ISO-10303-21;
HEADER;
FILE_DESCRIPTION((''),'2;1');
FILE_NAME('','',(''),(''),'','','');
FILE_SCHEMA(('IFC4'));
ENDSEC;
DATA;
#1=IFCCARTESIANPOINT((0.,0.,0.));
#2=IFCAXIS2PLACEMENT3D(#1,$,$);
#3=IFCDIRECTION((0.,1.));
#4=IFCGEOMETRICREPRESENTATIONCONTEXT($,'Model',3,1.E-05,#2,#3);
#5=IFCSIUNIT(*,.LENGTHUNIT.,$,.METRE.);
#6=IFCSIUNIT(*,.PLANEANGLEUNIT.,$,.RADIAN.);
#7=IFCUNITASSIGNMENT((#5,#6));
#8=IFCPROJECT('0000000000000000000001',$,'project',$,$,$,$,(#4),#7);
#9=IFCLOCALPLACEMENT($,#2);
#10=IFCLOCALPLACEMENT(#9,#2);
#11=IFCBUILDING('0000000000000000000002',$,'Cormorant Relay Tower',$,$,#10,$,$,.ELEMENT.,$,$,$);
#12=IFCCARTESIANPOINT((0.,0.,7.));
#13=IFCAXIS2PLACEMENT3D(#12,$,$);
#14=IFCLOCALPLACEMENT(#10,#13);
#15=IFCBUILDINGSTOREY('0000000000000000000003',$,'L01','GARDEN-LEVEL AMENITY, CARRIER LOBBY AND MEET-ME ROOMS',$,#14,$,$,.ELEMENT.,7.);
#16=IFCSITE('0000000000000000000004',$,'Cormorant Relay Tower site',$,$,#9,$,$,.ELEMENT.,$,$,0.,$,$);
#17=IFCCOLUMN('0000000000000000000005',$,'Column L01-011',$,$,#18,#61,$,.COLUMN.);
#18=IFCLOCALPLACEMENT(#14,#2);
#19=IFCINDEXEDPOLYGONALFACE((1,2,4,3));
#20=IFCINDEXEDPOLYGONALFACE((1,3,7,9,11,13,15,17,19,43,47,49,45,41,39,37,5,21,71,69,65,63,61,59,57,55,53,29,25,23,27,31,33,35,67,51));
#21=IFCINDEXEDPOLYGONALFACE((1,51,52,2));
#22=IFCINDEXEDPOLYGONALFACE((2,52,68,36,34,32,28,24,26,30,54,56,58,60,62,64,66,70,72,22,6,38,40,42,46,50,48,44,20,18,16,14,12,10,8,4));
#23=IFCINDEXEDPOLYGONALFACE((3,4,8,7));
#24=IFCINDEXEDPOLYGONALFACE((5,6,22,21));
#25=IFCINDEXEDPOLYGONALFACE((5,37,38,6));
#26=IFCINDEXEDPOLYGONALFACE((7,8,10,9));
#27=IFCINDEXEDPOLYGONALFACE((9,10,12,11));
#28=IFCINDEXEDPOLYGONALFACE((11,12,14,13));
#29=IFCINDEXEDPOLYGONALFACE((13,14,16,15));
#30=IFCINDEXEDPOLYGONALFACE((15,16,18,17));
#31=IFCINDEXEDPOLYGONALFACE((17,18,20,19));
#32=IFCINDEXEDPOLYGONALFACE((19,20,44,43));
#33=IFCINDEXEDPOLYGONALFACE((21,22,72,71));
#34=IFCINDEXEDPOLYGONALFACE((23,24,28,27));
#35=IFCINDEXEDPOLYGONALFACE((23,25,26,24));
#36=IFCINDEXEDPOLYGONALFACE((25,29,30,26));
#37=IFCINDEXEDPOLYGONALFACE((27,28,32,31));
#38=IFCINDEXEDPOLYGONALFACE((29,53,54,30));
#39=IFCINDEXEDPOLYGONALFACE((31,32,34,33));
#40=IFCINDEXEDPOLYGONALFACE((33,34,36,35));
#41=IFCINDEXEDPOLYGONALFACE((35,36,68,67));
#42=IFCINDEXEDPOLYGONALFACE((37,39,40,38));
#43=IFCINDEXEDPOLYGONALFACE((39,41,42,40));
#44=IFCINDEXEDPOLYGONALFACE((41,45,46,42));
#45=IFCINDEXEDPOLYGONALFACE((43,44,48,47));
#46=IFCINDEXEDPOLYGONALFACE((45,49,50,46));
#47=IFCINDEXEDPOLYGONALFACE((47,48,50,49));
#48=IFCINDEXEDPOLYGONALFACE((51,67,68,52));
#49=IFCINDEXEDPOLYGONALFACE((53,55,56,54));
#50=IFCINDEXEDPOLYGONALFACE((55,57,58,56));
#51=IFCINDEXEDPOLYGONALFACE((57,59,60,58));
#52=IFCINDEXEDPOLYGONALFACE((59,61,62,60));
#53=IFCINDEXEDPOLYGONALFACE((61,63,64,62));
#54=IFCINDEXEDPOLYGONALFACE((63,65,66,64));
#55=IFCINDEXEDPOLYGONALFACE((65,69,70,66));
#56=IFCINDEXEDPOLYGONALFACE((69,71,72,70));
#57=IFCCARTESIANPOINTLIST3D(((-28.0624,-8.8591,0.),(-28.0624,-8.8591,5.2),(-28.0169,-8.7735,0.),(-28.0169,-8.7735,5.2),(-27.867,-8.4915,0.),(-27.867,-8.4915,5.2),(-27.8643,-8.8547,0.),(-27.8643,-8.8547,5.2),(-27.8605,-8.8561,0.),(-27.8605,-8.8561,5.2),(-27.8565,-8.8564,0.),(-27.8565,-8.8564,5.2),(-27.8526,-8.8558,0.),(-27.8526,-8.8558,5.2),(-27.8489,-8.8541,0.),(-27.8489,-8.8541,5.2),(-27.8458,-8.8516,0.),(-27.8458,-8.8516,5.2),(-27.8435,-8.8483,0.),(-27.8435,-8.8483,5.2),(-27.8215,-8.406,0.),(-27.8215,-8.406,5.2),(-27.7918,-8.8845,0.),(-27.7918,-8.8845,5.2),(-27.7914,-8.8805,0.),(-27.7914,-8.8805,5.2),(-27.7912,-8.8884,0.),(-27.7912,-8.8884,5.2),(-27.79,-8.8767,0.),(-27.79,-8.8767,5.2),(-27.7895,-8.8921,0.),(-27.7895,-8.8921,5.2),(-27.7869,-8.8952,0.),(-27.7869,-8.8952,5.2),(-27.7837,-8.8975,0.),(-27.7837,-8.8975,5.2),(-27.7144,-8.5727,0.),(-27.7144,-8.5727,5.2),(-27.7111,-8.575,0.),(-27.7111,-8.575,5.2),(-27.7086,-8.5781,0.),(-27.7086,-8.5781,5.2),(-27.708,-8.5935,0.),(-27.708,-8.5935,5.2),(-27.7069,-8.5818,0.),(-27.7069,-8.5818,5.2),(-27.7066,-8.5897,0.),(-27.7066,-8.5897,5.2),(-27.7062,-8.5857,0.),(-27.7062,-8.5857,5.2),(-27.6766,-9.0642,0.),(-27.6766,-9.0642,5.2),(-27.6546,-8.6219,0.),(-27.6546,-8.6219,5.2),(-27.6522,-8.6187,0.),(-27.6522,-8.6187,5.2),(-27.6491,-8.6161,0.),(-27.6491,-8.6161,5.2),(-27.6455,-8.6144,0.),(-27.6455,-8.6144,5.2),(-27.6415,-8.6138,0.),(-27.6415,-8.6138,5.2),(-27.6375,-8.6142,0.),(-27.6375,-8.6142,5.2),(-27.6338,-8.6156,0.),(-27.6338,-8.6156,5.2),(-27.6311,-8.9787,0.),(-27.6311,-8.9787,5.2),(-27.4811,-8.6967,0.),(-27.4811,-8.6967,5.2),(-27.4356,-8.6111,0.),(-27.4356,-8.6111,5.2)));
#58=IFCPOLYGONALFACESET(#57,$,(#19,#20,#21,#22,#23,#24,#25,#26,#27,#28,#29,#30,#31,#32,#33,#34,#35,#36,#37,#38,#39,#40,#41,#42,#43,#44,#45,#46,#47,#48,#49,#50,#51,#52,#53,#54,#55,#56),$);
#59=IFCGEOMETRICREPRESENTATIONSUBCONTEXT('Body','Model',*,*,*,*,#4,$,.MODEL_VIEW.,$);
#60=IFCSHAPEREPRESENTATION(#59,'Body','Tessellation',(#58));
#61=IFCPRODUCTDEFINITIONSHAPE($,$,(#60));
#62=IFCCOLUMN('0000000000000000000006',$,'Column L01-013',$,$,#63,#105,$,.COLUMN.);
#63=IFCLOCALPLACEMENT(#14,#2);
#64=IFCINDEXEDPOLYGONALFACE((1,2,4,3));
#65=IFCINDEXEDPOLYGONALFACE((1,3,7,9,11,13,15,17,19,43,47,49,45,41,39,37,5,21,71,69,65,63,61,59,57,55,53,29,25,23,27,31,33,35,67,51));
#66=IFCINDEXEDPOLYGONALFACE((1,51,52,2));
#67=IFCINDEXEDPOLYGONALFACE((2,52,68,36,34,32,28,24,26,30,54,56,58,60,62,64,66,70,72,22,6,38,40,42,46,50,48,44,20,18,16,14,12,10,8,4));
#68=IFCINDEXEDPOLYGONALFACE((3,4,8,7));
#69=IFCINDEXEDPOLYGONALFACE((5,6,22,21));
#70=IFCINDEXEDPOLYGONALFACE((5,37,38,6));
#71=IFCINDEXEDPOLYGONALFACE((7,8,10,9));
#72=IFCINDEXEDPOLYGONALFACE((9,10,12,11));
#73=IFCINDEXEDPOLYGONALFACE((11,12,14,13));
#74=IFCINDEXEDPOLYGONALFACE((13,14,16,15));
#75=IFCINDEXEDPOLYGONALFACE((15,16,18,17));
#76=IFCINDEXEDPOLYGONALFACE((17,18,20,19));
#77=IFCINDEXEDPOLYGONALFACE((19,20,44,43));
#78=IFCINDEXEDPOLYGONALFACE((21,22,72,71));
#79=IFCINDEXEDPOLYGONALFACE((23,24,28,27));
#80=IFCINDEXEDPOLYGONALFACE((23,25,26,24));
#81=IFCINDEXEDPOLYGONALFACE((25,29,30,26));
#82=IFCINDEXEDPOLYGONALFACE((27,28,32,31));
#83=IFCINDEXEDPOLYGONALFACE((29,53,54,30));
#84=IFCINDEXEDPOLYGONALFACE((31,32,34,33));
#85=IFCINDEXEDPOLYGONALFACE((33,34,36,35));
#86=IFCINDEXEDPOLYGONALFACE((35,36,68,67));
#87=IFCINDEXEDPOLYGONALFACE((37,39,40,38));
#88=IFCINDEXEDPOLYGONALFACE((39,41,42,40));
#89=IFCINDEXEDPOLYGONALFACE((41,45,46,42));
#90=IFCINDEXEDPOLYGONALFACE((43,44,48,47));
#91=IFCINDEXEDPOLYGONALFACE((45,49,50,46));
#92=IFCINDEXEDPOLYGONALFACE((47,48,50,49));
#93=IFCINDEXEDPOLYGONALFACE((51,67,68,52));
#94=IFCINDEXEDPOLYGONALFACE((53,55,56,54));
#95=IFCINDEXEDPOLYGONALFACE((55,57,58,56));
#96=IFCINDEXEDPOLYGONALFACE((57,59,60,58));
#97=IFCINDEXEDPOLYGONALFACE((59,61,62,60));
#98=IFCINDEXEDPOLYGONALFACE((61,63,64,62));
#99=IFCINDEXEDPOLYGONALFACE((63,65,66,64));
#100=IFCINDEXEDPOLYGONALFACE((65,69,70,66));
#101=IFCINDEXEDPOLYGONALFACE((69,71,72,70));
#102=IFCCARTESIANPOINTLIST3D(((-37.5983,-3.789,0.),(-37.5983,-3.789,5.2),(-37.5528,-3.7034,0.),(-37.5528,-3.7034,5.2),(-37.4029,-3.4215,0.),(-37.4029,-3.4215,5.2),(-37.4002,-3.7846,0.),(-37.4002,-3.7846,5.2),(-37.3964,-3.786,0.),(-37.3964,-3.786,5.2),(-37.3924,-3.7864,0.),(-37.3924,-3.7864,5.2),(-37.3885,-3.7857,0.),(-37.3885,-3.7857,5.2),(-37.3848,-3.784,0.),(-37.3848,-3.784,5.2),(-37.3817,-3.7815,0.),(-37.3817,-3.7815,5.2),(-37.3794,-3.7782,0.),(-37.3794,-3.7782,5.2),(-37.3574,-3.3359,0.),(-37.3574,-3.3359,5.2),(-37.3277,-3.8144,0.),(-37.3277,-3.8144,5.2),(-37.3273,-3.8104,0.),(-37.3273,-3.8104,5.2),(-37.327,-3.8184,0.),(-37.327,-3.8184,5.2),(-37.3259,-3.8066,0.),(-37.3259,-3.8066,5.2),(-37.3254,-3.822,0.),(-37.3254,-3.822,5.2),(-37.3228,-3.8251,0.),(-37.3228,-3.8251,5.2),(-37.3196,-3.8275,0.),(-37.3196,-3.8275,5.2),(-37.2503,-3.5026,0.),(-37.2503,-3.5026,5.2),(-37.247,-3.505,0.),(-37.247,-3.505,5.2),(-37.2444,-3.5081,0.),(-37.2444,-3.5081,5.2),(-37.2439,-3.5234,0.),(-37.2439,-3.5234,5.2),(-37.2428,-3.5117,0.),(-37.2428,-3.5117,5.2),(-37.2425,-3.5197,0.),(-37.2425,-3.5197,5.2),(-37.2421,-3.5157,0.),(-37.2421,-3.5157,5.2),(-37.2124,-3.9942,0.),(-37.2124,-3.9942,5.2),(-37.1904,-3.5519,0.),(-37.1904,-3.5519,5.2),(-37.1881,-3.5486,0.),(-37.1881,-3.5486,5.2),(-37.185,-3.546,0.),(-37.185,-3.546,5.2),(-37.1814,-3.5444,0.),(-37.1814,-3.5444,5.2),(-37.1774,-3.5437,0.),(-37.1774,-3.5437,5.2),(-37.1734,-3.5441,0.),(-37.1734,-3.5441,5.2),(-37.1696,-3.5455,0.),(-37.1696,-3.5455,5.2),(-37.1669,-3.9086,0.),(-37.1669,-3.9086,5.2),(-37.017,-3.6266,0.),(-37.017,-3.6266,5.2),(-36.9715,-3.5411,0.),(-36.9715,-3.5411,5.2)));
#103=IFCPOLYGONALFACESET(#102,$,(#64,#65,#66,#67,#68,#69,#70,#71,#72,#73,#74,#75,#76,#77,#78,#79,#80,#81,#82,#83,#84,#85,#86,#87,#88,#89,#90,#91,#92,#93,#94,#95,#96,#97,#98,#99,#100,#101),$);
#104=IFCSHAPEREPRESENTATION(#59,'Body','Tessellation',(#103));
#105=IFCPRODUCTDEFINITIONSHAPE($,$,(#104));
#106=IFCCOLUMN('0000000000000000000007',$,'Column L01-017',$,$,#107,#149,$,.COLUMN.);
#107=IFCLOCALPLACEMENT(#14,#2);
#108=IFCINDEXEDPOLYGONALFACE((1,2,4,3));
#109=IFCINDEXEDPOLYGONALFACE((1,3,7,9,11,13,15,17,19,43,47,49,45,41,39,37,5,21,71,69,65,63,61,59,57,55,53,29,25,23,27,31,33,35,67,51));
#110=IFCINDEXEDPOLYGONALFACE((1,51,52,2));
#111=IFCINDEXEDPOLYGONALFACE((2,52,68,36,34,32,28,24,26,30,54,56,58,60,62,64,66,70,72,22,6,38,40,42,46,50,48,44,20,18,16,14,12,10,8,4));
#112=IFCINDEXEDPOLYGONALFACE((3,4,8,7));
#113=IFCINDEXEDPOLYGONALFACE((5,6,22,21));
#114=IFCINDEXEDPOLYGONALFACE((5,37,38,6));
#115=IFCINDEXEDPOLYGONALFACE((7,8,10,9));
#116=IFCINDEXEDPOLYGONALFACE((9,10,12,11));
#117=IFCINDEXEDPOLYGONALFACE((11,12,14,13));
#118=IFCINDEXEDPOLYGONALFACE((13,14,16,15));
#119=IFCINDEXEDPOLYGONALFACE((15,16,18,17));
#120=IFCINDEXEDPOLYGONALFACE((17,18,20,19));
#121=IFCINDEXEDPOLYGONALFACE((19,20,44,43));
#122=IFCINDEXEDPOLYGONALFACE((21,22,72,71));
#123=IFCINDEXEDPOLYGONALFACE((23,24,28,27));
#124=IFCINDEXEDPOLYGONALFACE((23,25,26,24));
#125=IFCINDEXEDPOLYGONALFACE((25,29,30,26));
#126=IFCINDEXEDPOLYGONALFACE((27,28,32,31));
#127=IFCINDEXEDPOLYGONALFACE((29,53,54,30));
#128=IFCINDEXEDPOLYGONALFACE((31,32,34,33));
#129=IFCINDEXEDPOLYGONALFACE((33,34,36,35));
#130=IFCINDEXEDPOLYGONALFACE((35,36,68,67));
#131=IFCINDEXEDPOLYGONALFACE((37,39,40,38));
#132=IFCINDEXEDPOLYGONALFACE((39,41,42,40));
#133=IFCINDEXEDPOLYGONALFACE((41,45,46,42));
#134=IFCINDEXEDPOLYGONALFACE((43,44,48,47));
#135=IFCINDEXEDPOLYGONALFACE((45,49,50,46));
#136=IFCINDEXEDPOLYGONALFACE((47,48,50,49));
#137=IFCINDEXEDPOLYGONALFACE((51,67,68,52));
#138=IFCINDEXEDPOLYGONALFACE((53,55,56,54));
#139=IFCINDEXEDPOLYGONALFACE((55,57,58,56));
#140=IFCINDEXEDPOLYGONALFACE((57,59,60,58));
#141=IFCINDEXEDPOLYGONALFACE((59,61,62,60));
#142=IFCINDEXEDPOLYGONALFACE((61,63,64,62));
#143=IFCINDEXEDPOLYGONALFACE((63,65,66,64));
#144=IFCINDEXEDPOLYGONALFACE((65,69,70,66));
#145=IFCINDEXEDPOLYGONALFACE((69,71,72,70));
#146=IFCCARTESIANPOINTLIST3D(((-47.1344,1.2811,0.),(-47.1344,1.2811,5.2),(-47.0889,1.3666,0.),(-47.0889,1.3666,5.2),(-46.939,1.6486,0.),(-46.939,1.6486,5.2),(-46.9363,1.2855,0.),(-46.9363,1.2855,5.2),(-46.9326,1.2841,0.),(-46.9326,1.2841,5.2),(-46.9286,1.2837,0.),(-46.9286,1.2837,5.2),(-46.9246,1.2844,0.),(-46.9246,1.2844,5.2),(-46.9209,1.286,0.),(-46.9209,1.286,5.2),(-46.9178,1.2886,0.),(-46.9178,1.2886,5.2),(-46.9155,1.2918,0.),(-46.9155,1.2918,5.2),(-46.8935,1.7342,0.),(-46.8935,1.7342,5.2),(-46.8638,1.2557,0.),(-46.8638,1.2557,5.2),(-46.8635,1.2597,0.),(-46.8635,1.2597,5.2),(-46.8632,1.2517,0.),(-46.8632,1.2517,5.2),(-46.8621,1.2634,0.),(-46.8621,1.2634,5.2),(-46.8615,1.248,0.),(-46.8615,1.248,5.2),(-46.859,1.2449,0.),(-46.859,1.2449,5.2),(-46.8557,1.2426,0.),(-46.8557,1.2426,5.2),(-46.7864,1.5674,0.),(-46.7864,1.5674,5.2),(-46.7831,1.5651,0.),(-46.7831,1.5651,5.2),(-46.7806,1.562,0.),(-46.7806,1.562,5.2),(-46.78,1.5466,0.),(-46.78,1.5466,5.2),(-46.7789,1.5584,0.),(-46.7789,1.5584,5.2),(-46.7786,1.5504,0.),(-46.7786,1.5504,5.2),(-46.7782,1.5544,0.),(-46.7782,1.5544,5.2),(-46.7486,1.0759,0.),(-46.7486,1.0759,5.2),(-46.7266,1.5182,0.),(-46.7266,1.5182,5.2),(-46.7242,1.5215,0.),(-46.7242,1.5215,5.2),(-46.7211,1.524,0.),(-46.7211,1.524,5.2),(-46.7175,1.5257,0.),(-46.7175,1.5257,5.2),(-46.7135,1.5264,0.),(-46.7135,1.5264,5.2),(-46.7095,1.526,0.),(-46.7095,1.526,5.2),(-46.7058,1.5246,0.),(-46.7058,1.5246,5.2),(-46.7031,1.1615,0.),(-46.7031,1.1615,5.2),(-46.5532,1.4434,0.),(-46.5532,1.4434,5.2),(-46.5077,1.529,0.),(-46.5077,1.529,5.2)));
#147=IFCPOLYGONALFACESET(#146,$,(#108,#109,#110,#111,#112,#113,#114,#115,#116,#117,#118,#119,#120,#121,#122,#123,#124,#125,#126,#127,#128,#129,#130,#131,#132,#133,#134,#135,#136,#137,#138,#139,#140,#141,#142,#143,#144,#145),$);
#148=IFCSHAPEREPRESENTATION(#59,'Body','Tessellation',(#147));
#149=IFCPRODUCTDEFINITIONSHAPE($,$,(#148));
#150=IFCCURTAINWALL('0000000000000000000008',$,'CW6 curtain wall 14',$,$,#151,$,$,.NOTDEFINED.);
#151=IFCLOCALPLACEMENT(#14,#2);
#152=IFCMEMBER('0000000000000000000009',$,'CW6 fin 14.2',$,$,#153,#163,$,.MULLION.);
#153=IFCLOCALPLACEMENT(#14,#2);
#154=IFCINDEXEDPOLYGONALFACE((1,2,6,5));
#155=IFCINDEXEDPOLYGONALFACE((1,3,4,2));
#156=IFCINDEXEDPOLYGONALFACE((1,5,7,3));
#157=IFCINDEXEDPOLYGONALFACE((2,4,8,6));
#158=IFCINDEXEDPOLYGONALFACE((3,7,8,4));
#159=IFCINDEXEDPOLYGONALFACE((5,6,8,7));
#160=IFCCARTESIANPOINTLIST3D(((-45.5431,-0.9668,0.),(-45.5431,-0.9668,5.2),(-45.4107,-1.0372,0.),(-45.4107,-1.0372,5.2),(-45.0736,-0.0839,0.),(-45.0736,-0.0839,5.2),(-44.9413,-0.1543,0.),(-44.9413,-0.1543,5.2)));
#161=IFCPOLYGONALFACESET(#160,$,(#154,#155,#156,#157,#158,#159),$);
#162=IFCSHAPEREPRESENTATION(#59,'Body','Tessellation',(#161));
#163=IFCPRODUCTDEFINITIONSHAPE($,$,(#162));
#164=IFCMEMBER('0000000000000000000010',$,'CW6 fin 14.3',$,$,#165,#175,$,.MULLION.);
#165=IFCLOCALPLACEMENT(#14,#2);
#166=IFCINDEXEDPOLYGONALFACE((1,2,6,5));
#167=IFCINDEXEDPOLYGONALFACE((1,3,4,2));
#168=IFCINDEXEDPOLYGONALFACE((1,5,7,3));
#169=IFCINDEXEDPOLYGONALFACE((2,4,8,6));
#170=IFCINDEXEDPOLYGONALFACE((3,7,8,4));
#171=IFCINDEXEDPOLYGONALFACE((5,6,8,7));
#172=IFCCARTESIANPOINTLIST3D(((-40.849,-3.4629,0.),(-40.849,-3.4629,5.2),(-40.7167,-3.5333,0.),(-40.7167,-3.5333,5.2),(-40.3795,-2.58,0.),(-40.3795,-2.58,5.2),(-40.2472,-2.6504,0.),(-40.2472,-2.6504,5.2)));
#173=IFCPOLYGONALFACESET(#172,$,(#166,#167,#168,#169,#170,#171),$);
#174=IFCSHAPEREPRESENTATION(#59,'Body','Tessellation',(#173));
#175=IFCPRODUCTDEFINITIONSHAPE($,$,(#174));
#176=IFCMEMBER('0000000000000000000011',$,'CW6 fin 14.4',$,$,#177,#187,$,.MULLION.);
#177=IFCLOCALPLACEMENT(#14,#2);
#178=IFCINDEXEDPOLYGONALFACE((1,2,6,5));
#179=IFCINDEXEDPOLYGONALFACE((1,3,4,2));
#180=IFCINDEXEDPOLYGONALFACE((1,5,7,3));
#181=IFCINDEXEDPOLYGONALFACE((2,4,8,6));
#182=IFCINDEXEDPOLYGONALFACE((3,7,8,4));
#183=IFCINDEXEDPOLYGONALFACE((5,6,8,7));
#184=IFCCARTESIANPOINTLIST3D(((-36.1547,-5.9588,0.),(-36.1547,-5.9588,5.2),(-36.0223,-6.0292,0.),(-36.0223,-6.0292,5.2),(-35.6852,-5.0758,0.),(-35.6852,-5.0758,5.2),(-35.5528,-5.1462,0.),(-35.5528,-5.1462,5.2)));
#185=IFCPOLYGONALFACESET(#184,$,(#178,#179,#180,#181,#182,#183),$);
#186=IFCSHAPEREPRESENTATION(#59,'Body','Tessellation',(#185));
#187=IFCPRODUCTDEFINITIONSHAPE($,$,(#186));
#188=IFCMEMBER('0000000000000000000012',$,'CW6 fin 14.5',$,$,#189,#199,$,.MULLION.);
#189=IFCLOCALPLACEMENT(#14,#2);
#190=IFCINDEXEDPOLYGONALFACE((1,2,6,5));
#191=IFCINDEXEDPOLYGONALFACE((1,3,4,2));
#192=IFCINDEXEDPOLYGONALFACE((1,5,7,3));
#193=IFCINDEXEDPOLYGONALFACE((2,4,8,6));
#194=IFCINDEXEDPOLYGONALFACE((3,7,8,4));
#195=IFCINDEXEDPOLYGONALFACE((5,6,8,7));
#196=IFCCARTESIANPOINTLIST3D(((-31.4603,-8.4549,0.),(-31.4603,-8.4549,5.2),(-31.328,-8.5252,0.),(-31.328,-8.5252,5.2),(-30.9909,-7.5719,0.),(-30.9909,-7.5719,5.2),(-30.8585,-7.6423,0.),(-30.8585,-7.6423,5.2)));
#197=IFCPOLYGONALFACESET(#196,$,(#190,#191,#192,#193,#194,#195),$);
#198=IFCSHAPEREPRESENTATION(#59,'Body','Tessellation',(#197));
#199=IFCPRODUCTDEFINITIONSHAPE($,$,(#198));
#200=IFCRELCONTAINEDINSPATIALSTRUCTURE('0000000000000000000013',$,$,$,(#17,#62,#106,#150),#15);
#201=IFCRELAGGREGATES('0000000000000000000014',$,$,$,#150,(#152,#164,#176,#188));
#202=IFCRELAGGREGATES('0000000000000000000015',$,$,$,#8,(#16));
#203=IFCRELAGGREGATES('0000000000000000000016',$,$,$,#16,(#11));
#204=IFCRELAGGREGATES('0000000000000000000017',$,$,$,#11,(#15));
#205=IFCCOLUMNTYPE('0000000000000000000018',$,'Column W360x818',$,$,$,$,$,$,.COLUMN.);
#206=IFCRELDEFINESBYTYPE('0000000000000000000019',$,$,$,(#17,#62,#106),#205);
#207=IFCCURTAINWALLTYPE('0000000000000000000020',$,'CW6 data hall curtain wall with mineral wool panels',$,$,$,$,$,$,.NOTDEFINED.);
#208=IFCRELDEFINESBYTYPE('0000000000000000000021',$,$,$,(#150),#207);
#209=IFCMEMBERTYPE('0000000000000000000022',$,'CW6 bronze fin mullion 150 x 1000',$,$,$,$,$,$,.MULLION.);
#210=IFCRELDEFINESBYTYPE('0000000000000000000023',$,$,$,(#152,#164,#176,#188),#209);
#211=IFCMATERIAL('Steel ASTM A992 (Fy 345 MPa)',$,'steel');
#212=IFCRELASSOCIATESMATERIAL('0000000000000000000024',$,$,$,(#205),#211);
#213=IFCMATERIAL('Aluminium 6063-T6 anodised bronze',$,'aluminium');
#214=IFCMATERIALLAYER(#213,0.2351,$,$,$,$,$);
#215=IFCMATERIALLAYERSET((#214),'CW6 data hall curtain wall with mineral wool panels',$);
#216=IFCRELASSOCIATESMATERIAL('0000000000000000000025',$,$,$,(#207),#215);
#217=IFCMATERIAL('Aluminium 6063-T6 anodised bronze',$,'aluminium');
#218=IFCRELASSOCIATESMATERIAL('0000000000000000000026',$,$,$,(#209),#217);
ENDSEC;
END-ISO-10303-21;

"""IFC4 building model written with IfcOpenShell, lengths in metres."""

from ifc_helpers import new_model, si_unit, direction, frame, origin, origin_2d, place, context, subcontext, project, spatial, rectangle, i_section, extrude, material, layer, layer_set, material_profile, profile_set, type_object, element, aggregate, save


model = new_model("IFC4")

# Units and contexts
model_context = context("Model", 3, precision=1e-05, world=origin(), true_north=direction((0.0, 1.0)))
body_context = subcontext(model_context, "Body", "Model", "MODEL_VIEW")
ifc_project = project(units=[si_unit("LENGTHUNIT", "METRE"), si_unit("PLANEANGLEUNIT", "RADIAN")], contexts=[model_context])

# Site, building, storey
site_placement = place(None, origin())
site = spatial("IfcSite", under=ifc_project, at=site_placement, Name="Cormorant Relay Tower site", CompositionType="ELEMENT", RefElevation=0.0)
building_placement = place(site_placement, origin())
building = spatial("IfcBuilding", under=site, at=building_placement, Name="Cormorant Relay Tower", CompositionType="ELEMENT")
storey_placement = place(building_placement, frame((0.0, 0.0, 7.0)))
storey = spatial("IfcBuildingStorey", under=building, at=storey_placement, Name="L01", Description="GARDEN-LEVEL AMENITY, CARRIER LOBBY AND MEET-ME ROOMS", CompositionType="ELEMENT", Elevation=7.0)

# Columns
ifc_material_1 = material(Name="Steel ASTM A992 (Fy 345 MPa)", Category="steel")
ifc_material_profile_1 = material_profile(ifc_material_1, i_section(OverallWidth=0.437, OverallDepth=0.5132, WebThickness=0.0605, FlangeThickness=0.0969, FilletRadius=0.0154, at=origin_2d()), Name="W360x818")
ifc_profile_set_1 = profile_set([ifc_material_profile_1], Name="Steel ASTM A992 (Fy 345 MPa)")
column_type = type_object("IfcColumnType", Name="Column W360x818", PredefinedType="COLUMN", material=ifc_profile_set_1)
for number, where, z_axis, x_axis, name in (
    (1, (-27.749, -8.7351, 0.0), (0.0, 0.0, 1.0), (0.882948, -0.469472, 0.0), "Column L01-011"),
    (2, (-37.2849, -3.665, 0.0), (0.0, 0.0, 1.0), (0.882948, -0.469472, 0.0), "Column L01-013"),
    (3, (-46.821, 1.405, 0.0), (0.0, 0.0, 1.0), (0.882948, -0.469472, 0.0), "Column L01-017"),
):
    element("IfcColumn", number, at=place(storey_placement, frame(where, z_axis=z_axis, x_axis=x_axis)), inside=storey, type_object=column_type, Name=name, PredefinedType="COLUMN", context=body_context, shape_type="SweptSolid", body=[
        extrude(i_section(OverallWidth=0.437, OverallDepth=0.5132, WebThickness=0.0605, FlangeThickness=0.0969, FilletRadius=0.0154, at=origin_2d()), origin(), (0.0, 0.0, 1.0), 5.2),
    ])

# Curtain wall, members
ifc_material_2 = material(Name="Aluminium 6063-T6 anodised bronze", Category="aluminium")
ifc_layer_1 = layer(ifc_material_2, 0.2351)
ifc_layer_set_1 = layer_set([ifc_layer_1], Name="CW6 data hall curtain wall with mineral wool panels")
curtain_wall_type = type_object("IfcCurtainWallType", Name="CW6 data hall curtain wall with mineral wool panels", PredefinedType="NOTDEFINED", material=ifc_layer_set_1)
curtain_wall_placement = place(storey_placement, origin())
curtain_wall = element("IfcCurtainWall", 4, at=curtain_wall_placement, inside=storey, type_object=curtain_wall_type, Name="CW6 curtain wall 14", PredefinedType="NOTDEFINED")
ifc_material_3 = material(Name="Aluminium 6063-T6 anodised bronze", Category="aluminium")
ifc_material_profile_2 = material_profile(ifc_material_3, rectangle(XDim=0.1499, YDim=1.0, at=origin_2d()), Name="AL 150x1000")
ifc_profile_set_2 = profile_set([ifc_material_profile_2], Name="Aluminium 6063-T6 anodised bronze")
member_type = type_object("IfcMemberType", Name="CW6 bronze fin mullion 150 x 1000", PredefinedType="MULLION", material=ifc_profile_set_2)
member_1_placement = place(storey_placement, frame((-45.2422, -0.5605, 0.0), z_axis=(0.0, 0.0, 1.0), x_axis=(0.882948, -0.469472, 0.0)))
member_1 = element("IfcMember", 5, at=member_1_placement, type_object=member_type, Name="CW6 fin 14.2", PredefinedType="MULLION", context=body_context, shape_type="SweptSolid", body=[
    extrude(rectangle(XDim=0.1499, YDim=1.0, at=origin_2d()), origin(), (0.0, 0.0, 1.0), 5.2),
])
member_2_placement = place(storey_placement, frame((-40.5481, -3.0566, 0.0), z_axis=(0.0, 0.0, 1.0), x_axis=(0.882948, -0.469472, 0.0)))
member_2 = element("IfcMember", 6, at=member_2_placement, type_object=member_type, Name="CW6 fin 14.3", PredefinedType="MULLION", context=body_context, shape_type="SweptSolid", body=[
    extrude(rectangle(XDim=0.1499, YDim=1.0, at=origin_2d()), origin(), (0.0, 0.0, 1.0), 5.2),
])
member_3_placement = place(storey_placement, frame((-35.8538, -5.5525, 0.0), z_axis=(0.0, 0.0, 1.0), x_axis=(0.882948, -0.469472, 0.0)))
member_3 = element("IfcMember", 7, at=member_3_placement, type_object=member_type, Name="CW6 fin 14.4", PredefinedType="MULLION", context=body_context, shape_type="SweptSolid", body=[
    extrude(rectangle(XDim=0.1499, YDim=1.0, at=origin_2d()), origin(), (0.0, 0.0, 1.0), 5.2),
])
member_4_placement = place(storey_placement, frame((-31.1594, -8.0486, 0.0), z_axis=(0.0, 0.0, 1.0), x_axis=(0.882948, -0.469472, 0.0)))
member_4 = element("IfcMember", 8, at=member_4_placement, type_object=member_type, Name="CW6 fin 14.5", PredefinedType="MULLION", context=body_context, shape_type="SweptSolid", body=[
    extrude(rectangle(XDim=0.1499, YDim=1.0, at=origin_2d()), origin(), (0.0, 0.0, 1.0), 5.2),
])

aggregate(curtain_wall, [member_1, member_2, member_3, member_4])

save(model, "model.ifc")
